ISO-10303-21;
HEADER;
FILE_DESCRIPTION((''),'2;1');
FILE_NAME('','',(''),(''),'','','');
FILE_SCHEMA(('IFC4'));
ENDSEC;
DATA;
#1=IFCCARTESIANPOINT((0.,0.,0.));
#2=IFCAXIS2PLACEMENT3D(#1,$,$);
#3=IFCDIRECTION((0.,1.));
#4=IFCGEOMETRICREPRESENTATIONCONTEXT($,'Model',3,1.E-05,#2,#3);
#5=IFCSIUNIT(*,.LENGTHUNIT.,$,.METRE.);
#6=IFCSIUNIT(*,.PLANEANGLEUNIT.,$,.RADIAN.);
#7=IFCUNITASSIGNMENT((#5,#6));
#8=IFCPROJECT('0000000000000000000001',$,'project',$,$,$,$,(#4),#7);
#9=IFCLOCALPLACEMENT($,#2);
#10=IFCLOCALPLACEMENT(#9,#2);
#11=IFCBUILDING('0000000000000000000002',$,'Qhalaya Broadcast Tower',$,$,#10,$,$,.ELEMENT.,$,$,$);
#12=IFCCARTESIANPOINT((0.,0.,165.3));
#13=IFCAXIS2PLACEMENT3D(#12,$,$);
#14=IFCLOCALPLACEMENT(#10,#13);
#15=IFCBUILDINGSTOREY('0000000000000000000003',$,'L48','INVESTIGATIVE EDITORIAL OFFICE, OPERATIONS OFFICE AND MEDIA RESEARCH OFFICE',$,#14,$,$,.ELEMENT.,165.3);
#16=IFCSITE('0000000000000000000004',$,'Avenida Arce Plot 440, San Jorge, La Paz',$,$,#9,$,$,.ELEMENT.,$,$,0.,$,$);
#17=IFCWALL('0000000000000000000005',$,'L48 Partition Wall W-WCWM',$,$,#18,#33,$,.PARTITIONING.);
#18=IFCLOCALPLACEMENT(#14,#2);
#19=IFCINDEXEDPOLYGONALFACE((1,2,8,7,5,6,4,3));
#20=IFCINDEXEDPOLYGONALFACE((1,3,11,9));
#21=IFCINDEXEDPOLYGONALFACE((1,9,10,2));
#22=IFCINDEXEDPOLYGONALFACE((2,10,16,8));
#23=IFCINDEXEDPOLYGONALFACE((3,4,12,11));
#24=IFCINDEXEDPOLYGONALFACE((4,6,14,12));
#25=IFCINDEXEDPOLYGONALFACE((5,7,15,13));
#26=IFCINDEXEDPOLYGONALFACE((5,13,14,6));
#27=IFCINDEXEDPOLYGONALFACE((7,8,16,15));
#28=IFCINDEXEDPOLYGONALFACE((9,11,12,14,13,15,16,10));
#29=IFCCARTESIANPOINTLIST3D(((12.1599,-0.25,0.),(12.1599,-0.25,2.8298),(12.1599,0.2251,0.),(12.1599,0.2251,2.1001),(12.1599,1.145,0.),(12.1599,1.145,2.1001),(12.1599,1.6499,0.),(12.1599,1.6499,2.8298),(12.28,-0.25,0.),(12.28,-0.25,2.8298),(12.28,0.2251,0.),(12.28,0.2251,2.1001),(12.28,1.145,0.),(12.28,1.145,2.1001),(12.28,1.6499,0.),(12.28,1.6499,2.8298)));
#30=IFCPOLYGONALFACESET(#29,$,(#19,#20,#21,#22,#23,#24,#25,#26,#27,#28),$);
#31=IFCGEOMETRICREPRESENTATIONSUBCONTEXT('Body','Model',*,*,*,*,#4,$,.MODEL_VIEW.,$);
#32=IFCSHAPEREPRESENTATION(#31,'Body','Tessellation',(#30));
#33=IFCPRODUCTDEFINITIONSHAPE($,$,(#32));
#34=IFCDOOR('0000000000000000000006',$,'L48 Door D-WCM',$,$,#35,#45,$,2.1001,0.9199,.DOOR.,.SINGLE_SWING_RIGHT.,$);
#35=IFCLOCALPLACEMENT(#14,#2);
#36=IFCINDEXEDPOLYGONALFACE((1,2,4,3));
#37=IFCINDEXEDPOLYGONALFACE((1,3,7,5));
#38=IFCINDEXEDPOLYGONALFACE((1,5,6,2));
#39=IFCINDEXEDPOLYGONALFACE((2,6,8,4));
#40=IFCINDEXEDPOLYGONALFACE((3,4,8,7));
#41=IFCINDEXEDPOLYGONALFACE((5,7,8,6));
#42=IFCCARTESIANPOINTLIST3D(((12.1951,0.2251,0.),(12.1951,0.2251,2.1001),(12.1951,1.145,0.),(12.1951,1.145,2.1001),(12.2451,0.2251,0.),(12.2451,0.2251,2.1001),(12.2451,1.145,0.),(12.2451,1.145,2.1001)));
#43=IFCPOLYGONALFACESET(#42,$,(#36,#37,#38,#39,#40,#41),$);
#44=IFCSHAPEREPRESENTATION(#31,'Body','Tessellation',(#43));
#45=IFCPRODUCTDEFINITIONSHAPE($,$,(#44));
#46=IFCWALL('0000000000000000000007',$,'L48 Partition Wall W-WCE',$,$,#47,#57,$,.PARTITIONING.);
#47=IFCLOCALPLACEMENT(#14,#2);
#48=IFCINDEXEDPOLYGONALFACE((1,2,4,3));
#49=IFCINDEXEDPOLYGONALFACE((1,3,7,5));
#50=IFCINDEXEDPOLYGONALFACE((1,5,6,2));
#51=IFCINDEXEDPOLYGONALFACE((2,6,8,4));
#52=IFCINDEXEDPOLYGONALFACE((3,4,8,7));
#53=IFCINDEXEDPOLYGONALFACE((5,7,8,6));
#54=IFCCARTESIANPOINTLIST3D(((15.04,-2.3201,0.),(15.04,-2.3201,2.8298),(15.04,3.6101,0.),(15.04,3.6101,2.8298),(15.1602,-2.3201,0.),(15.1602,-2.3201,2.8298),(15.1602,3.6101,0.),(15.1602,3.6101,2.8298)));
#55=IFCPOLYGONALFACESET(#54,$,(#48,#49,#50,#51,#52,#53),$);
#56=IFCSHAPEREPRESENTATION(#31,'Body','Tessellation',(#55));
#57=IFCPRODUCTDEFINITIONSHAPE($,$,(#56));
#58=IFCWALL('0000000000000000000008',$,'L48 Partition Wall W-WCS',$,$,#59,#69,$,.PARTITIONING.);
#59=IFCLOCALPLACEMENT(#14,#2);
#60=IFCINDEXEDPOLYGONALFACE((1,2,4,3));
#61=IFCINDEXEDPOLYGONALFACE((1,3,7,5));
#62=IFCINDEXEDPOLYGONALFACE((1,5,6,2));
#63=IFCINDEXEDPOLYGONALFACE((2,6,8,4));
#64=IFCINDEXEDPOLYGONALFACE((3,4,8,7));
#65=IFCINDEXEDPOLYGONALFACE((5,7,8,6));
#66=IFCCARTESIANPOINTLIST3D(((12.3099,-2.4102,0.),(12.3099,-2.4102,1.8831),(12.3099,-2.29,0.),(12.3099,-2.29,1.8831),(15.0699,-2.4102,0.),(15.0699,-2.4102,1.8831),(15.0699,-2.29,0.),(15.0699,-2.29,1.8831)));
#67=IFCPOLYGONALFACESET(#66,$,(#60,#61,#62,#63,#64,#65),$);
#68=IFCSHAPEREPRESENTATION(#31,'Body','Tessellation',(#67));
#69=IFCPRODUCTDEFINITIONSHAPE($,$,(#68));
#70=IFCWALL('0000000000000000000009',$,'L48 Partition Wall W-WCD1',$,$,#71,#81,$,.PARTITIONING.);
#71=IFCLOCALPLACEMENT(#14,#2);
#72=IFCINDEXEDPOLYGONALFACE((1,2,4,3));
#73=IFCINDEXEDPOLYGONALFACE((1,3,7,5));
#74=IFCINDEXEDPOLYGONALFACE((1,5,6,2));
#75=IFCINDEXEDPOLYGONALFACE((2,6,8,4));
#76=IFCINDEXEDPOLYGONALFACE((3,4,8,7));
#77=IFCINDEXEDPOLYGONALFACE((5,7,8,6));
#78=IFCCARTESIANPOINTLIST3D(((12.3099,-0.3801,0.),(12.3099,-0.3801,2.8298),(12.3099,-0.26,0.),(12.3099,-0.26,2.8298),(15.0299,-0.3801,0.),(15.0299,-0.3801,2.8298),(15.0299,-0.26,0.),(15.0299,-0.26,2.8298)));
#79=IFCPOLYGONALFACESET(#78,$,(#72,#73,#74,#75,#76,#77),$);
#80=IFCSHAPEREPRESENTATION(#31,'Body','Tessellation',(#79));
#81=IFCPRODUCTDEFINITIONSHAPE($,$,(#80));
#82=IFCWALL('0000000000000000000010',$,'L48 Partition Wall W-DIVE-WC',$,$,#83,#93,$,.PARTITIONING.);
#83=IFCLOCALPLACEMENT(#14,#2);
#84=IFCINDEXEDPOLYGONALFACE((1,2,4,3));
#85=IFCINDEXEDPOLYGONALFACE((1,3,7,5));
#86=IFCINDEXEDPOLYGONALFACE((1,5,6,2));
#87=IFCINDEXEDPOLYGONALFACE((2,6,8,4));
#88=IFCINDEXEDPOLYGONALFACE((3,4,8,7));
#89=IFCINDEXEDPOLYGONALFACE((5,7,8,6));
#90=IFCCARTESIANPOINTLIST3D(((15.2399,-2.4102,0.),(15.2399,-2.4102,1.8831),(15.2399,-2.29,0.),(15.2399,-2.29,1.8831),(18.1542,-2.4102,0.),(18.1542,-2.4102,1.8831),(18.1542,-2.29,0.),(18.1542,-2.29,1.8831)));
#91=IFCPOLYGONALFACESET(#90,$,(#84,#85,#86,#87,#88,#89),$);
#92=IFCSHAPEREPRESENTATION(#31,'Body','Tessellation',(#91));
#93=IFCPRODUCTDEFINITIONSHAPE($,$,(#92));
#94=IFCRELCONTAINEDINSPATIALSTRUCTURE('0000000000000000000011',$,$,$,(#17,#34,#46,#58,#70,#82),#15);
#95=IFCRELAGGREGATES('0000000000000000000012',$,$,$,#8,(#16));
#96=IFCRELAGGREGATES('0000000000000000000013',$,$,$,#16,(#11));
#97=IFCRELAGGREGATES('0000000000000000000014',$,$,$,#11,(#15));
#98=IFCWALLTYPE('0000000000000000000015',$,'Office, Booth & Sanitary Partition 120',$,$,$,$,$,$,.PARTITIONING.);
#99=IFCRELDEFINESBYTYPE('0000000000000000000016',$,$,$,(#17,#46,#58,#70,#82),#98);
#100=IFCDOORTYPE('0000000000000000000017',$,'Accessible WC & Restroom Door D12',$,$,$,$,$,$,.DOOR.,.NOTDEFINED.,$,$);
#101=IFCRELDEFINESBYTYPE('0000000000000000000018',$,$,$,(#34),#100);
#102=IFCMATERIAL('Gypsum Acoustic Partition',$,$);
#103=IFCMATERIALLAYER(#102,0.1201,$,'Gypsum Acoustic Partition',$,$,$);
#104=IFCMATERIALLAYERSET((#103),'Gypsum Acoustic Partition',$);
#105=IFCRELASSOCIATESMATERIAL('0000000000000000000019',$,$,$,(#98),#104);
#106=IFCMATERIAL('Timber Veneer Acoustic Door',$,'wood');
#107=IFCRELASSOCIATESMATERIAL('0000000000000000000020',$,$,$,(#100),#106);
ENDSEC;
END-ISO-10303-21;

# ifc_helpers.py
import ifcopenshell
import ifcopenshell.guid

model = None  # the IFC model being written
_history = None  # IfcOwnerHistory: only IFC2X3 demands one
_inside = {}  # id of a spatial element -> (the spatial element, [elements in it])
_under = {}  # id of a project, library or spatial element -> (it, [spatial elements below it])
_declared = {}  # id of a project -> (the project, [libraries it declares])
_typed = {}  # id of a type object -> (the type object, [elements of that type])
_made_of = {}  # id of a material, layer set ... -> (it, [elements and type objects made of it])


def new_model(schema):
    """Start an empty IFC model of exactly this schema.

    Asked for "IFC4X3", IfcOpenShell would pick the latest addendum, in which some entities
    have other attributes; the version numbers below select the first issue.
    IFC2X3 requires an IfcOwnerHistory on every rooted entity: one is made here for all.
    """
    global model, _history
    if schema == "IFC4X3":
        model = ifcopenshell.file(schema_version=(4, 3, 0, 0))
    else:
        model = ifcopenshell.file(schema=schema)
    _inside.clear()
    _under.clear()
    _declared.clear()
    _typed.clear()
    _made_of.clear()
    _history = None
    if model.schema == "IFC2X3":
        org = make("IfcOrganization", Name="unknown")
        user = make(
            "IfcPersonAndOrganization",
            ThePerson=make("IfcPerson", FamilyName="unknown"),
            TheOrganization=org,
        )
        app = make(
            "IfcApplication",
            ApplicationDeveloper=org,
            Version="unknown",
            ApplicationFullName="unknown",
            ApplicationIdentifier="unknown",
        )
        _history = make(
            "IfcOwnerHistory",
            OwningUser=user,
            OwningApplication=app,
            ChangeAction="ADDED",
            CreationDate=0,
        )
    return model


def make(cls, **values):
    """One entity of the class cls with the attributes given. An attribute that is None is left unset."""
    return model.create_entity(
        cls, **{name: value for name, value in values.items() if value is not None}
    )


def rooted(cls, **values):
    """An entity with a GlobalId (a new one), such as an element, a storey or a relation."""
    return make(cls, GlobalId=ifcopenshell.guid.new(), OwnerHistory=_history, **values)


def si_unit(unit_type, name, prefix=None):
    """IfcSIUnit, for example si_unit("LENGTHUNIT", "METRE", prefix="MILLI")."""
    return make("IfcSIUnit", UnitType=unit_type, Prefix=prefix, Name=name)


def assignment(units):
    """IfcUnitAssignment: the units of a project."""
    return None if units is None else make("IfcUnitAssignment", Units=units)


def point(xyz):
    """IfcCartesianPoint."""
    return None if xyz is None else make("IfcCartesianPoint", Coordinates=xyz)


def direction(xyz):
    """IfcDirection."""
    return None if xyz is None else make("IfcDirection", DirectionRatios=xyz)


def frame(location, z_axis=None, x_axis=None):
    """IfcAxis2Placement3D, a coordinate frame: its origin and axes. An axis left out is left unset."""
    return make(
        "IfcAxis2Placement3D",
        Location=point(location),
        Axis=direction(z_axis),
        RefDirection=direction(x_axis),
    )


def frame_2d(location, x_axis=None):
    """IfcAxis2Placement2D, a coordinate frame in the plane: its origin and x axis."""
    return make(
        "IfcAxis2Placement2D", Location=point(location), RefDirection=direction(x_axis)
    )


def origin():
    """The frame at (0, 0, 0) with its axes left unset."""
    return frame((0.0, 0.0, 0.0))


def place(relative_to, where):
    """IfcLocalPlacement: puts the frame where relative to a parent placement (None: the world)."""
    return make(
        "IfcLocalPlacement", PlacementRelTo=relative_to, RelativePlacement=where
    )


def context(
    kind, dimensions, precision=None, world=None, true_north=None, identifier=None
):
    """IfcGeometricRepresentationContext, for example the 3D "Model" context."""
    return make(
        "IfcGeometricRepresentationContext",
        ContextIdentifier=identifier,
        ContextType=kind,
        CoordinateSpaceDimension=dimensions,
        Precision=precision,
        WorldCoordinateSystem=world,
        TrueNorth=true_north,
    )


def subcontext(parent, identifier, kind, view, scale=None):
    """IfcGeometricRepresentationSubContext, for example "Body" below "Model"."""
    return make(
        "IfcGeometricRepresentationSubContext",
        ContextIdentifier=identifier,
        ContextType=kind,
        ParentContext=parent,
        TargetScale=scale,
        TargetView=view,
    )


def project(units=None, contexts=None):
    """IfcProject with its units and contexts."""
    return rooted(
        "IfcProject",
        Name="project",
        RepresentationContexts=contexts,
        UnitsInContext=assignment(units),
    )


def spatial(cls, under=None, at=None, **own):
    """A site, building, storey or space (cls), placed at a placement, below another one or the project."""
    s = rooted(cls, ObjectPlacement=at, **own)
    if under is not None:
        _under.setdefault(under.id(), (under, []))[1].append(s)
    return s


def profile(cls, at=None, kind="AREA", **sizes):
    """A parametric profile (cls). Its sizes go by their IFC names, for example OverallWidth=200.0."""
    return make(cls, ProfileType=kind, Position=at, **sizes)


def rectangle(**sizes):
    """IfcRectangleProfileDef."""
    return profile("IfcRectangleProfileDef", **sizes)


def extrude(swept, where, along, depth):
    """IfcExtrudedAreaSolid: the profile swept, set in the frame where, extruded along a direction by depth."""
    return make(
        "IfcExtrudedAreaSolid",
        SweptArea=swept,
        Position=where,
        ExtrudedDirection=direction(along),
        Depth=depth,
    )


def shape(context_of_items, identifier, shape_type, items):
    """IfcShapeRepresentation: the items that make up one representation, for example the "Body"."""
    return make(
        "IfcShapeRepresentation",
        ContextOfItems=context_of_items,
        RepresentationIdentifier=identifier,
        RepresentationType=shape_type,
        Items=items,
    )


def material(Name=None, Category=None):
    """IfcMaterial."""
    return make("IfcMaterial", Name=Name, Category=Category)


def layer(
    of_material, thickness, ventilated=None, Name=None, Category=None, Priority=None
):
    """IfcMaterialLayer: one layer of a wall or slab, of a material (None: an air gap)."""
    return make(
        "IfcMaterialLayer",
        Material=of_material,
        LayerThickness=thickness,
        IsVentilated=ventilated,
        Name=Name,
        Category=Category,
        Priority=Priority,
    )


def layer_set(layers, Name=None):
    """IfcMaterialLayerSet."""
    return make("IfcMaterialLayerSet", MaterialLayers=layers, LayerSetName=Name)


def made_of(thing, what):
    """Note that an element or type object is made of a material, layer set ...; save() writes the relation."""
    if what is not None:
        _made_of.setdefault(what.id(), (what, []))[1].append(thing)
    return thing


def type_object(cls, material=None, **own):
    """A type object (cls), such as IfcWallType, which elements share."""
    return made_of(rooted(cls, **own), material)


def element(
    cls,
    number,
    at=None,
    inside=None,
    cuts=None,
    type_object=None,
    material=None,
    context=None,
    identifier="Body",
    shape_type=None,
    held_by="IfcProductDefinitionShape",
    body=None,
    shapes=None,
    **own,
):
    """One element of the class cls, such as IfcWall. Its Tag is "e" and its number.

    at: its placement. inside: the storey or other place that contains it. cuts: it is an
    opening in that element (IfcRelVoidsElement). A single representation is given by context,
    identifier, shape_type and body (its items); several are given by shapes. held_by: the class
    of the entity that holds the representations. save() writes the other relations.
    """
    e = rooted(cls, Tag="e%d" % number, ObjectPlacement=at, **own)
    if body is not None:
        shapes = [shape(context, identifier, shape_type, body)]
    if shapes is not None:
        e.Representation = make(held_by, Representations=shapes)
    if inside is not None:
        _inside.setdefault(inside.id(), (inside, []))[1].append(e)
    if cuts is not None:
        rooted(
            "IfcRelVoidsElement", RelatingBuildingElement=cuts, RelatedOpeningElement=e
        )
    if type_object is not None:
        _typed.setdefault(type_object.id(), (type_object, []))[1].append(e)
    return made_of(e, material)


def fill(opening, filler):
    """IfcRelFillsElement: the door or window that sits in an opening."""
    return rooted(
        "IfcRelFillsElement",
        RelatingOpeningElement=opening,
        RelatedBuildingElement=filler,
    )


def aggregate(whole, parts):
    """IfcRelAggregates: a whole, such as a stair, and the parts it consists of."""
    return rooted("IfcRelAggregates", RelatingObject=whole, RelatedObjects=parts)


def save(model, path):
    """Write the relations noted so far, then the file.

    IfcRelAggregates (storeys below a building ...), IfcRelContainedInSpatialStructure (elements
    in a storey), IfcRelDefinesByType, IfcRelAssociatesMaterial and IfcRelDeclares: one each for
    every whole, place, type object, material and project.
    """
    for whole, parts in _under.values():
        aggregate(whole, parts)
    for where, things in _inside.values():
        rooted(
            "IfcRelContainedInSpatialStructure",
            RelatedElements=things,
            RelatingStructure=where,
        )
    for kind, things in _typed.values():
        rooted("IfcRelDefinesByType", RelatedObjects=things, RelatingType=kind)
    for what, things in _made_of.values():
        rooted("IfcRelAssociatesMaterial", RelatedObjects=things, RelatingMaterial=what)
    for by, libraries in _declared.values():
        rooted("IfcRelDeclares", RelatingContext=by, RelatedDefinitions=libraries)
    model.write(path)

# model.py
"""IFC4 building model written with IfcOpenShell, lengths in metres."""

from ifc_helpers import new_model, si_unit, direction, frame, frame_2d, origin, place, context, subcontext, project, spatial, rectangle, extrude, material, layer, layer_set, type_object, element, fill, save


model = new_model("IFC4")

# Units and contexts
model_context = context("Model", 3, precision=1e-05, world=origin(), true_north=direction((0.0, 1.0)))
body_context = subcontext(model_context, "Body", "Model", "MODEL_VIEW")
ifc_project = project(units=[si_unit("LENGTHUNIT", "METRE"), si_unit("PLANEANGLEUNIT", "RADIAN")], contexts=[model_context])

# Site, building, storey
site_placement = place(None, origin())
site = spatial("IfcSite", under=ifc_project, at=site_placement, Name="Avenida Arce Plot 440, San Jorge, La Paz", CompositionType="ELEMENT", RefElevation=0.0)
building_placement = place(site_placement, origin())
building = spatial("IfcBuilding", under=site, at=building_placement, Name="Qhalaya Broadcast Tower", CompositionType="ELEMENT")
storey_placement = place(building_placement, frame((0.0, 0.0, 165.3)))
storey = spatial("IfcBuildingStorey", under=building, at=storey_placement, Name="L48", Description="INVESTIGATIVE EDITORIAL OFFICE, OPERATIONS OFFICE AND MEDIA RESEARCH OFFICE", CompositionType="ELEMENT", Elevation=165.3)

# Wall, opening, door
ifc_material_1 = material(Name="Gypsum Acoustic Partition")
ifc_material_2 = material(Name="Timber Veneer Acoustic Door", Category="wood")
ifc_layer_1 = layer(ifc_material_1, 0.1201, Name="Gypsum Acoustic Partition")
ifc_layer_set_1 = layer_set([ifc_layer_1], Name="Gypsum Acoustic Partition")
wall_type_1 = type_object("IfcWallType", Name="Office, Booth & Sanitary Partition 120", PredefinedType="PARTITIONING", material=ifc_layer_set_1)
door_type_1 = type_object("IfcDoorType", Name="Accessible WC & Restroom Door D12", OperationType="NOTDEFINED", PredefinedType="DOOR", material=ifc_material_2)
wall_1_placement = place(storey_placement, frame((12.22, -0.25, 0.0), z_axis=(0.0, 0.0, 1.0), x_axis=(0.0, 1.0, 0.0)))
wall_1 = element("IfcWall", 1, at=wall_1_placement, inside=storey, type_object=wall_type_1, Name="L48 Partition Wall W-WCWM", PredefinedType="PARTITIONING", context=body_context, shape_type="SweptSolid", body=[
    extrude(rectangle(XDim=1.8999, YDim=0.1201, at=frame_2d((0.95, 0.0))), origin(), (0.0, 0.0, 1.0), 2.8298),
])
opening_1_placement = place(wall_1_placement, frame((0.4751, 0.0, 0.0)))
opening_1 = element("IfcOpeningElement", 2, at=opening_1_placement, cuts=wall_1, PredefinedType="OPENING", context=body_context, shape_type="SweptSolid", body=[
    extrude(rectangle(XDim=0.9199, YDim=2.1001, at=frame_2d((0.46, 1.05))), frame((0.0, 0.072, 0.0), z_axis=(0.0, -1.0, 0.0), x_axis=(1.0, 0.0, 0.0)), (0.0, 0.0, 1.0), 0.144),
])
door_1_placement = place(opening_1_placement, origin())
door_1 = element("IfcDoor", 3, at=door_1_placement, inside=storey, type_object=door_type_1, Name="L48 Door D-WCM", OperationType="SINGLE_SWING_RIGHT", OverallHeight=2.1001, OverallWidth=0.9199, PredefinedType="DOOR", context=body_context, shape_type="SweptSolid", body=[
    extrude(rectangle(XDim=0.9199, YDim=2.1001, at=frame_2d((0.46, 1.05))), frame((0.0, 0.0249, 0.0), z_axis=(0.0, -1.0, 0.0), x_axis=(1.0, 0.0, 0.0)), (0.0, 0.0, 1.0), 0.05),
])
fill(opening_1, door_1)

# Walls
wall_2_placement = place(storey_placement, frame((15.1001, -2.3201, 0.0), z_axis=(0.0, 0.0, 1.0), x_axis=(0.0, 1.0, 0.0)))
element("IfcWall", 4, at=wall_2_placement, inside=storey, type_object=wall_type_1, Name="L48 Partition Wall W-WCE", PredefinedType="PARTITIONING", context=body_context, shape_type="SweptSolid", body=[
    extrude(rectangle(XDim=5.9302, YDim=0.1201, at=frame_2d((2.9651, 0.0))), origin(), (0.0, 0.0, 1.0), 2.8298),
])
wall_3_placement = place(storey_placement, frame((12.3101, -2.3501, 0.0), z_axis=(0.0, 0.0, 1.0), x_axis=(1.0, 0.0, 0.0)))
element("IfcWall", 5, at=wall_3_placement, inside=storey, type_object=wall_type_1, Name="L48 Partition Wall W-WCS", PredefinedType="PARTITIONING", context=body_context, shape_type="SweptSolid", body=[
    extrude(rectangle(XDim=2.76, YDim=0.1201, at=frame_2d((1.3799, 0.0))), origin(), (0.0, 0.0, 1.0), 1.8831),
])
wall_4_placement = place(storey_placement, frame((12.3101, -0.3201, 0.0), z_axis=(0.0, 0.0, 1.0), x_axis=(1.0, 0.0, 0.0)))
element("IfcWall", 6, at=wall_4_placement, inside=storey, type_object=wall_type_1, Name="L48 Partition Wall W-WCD1", PredefinedType="PARTITIONING", context=body_context, shape_type="SweptSolid", body=[
    extrude(rectangle(XDim=2.72, YDim=0.1201, at=frame_2d((1.3599, 0.0))), origin(), (0.0, 0.0, 1.0), 2.8298),
])
wall_5_placement = place(storey_placement, frame((15.24, -2.3501, 0.0), z_axis=(0.0, 0.0, 1.0), x_axis=(1.0, 0.0, 0.0)))
element("IfcWall", 7, at=wall_5_placement, inside=storey, type_object=wall_type_1, Name="L48 Partition Wall W-DIVE-WC", PredefinedType="PARTITIONING", context=body_context, shape_type="SweptSolid", body=[
    extrude(rectangle(XDim=2.9143, YDim=0.1201, at=frame_2d((1.457, 0.0))), origin(), (0.0, 0.0, 1.0), 1.8831),
])

save(model, "model.ifc")
